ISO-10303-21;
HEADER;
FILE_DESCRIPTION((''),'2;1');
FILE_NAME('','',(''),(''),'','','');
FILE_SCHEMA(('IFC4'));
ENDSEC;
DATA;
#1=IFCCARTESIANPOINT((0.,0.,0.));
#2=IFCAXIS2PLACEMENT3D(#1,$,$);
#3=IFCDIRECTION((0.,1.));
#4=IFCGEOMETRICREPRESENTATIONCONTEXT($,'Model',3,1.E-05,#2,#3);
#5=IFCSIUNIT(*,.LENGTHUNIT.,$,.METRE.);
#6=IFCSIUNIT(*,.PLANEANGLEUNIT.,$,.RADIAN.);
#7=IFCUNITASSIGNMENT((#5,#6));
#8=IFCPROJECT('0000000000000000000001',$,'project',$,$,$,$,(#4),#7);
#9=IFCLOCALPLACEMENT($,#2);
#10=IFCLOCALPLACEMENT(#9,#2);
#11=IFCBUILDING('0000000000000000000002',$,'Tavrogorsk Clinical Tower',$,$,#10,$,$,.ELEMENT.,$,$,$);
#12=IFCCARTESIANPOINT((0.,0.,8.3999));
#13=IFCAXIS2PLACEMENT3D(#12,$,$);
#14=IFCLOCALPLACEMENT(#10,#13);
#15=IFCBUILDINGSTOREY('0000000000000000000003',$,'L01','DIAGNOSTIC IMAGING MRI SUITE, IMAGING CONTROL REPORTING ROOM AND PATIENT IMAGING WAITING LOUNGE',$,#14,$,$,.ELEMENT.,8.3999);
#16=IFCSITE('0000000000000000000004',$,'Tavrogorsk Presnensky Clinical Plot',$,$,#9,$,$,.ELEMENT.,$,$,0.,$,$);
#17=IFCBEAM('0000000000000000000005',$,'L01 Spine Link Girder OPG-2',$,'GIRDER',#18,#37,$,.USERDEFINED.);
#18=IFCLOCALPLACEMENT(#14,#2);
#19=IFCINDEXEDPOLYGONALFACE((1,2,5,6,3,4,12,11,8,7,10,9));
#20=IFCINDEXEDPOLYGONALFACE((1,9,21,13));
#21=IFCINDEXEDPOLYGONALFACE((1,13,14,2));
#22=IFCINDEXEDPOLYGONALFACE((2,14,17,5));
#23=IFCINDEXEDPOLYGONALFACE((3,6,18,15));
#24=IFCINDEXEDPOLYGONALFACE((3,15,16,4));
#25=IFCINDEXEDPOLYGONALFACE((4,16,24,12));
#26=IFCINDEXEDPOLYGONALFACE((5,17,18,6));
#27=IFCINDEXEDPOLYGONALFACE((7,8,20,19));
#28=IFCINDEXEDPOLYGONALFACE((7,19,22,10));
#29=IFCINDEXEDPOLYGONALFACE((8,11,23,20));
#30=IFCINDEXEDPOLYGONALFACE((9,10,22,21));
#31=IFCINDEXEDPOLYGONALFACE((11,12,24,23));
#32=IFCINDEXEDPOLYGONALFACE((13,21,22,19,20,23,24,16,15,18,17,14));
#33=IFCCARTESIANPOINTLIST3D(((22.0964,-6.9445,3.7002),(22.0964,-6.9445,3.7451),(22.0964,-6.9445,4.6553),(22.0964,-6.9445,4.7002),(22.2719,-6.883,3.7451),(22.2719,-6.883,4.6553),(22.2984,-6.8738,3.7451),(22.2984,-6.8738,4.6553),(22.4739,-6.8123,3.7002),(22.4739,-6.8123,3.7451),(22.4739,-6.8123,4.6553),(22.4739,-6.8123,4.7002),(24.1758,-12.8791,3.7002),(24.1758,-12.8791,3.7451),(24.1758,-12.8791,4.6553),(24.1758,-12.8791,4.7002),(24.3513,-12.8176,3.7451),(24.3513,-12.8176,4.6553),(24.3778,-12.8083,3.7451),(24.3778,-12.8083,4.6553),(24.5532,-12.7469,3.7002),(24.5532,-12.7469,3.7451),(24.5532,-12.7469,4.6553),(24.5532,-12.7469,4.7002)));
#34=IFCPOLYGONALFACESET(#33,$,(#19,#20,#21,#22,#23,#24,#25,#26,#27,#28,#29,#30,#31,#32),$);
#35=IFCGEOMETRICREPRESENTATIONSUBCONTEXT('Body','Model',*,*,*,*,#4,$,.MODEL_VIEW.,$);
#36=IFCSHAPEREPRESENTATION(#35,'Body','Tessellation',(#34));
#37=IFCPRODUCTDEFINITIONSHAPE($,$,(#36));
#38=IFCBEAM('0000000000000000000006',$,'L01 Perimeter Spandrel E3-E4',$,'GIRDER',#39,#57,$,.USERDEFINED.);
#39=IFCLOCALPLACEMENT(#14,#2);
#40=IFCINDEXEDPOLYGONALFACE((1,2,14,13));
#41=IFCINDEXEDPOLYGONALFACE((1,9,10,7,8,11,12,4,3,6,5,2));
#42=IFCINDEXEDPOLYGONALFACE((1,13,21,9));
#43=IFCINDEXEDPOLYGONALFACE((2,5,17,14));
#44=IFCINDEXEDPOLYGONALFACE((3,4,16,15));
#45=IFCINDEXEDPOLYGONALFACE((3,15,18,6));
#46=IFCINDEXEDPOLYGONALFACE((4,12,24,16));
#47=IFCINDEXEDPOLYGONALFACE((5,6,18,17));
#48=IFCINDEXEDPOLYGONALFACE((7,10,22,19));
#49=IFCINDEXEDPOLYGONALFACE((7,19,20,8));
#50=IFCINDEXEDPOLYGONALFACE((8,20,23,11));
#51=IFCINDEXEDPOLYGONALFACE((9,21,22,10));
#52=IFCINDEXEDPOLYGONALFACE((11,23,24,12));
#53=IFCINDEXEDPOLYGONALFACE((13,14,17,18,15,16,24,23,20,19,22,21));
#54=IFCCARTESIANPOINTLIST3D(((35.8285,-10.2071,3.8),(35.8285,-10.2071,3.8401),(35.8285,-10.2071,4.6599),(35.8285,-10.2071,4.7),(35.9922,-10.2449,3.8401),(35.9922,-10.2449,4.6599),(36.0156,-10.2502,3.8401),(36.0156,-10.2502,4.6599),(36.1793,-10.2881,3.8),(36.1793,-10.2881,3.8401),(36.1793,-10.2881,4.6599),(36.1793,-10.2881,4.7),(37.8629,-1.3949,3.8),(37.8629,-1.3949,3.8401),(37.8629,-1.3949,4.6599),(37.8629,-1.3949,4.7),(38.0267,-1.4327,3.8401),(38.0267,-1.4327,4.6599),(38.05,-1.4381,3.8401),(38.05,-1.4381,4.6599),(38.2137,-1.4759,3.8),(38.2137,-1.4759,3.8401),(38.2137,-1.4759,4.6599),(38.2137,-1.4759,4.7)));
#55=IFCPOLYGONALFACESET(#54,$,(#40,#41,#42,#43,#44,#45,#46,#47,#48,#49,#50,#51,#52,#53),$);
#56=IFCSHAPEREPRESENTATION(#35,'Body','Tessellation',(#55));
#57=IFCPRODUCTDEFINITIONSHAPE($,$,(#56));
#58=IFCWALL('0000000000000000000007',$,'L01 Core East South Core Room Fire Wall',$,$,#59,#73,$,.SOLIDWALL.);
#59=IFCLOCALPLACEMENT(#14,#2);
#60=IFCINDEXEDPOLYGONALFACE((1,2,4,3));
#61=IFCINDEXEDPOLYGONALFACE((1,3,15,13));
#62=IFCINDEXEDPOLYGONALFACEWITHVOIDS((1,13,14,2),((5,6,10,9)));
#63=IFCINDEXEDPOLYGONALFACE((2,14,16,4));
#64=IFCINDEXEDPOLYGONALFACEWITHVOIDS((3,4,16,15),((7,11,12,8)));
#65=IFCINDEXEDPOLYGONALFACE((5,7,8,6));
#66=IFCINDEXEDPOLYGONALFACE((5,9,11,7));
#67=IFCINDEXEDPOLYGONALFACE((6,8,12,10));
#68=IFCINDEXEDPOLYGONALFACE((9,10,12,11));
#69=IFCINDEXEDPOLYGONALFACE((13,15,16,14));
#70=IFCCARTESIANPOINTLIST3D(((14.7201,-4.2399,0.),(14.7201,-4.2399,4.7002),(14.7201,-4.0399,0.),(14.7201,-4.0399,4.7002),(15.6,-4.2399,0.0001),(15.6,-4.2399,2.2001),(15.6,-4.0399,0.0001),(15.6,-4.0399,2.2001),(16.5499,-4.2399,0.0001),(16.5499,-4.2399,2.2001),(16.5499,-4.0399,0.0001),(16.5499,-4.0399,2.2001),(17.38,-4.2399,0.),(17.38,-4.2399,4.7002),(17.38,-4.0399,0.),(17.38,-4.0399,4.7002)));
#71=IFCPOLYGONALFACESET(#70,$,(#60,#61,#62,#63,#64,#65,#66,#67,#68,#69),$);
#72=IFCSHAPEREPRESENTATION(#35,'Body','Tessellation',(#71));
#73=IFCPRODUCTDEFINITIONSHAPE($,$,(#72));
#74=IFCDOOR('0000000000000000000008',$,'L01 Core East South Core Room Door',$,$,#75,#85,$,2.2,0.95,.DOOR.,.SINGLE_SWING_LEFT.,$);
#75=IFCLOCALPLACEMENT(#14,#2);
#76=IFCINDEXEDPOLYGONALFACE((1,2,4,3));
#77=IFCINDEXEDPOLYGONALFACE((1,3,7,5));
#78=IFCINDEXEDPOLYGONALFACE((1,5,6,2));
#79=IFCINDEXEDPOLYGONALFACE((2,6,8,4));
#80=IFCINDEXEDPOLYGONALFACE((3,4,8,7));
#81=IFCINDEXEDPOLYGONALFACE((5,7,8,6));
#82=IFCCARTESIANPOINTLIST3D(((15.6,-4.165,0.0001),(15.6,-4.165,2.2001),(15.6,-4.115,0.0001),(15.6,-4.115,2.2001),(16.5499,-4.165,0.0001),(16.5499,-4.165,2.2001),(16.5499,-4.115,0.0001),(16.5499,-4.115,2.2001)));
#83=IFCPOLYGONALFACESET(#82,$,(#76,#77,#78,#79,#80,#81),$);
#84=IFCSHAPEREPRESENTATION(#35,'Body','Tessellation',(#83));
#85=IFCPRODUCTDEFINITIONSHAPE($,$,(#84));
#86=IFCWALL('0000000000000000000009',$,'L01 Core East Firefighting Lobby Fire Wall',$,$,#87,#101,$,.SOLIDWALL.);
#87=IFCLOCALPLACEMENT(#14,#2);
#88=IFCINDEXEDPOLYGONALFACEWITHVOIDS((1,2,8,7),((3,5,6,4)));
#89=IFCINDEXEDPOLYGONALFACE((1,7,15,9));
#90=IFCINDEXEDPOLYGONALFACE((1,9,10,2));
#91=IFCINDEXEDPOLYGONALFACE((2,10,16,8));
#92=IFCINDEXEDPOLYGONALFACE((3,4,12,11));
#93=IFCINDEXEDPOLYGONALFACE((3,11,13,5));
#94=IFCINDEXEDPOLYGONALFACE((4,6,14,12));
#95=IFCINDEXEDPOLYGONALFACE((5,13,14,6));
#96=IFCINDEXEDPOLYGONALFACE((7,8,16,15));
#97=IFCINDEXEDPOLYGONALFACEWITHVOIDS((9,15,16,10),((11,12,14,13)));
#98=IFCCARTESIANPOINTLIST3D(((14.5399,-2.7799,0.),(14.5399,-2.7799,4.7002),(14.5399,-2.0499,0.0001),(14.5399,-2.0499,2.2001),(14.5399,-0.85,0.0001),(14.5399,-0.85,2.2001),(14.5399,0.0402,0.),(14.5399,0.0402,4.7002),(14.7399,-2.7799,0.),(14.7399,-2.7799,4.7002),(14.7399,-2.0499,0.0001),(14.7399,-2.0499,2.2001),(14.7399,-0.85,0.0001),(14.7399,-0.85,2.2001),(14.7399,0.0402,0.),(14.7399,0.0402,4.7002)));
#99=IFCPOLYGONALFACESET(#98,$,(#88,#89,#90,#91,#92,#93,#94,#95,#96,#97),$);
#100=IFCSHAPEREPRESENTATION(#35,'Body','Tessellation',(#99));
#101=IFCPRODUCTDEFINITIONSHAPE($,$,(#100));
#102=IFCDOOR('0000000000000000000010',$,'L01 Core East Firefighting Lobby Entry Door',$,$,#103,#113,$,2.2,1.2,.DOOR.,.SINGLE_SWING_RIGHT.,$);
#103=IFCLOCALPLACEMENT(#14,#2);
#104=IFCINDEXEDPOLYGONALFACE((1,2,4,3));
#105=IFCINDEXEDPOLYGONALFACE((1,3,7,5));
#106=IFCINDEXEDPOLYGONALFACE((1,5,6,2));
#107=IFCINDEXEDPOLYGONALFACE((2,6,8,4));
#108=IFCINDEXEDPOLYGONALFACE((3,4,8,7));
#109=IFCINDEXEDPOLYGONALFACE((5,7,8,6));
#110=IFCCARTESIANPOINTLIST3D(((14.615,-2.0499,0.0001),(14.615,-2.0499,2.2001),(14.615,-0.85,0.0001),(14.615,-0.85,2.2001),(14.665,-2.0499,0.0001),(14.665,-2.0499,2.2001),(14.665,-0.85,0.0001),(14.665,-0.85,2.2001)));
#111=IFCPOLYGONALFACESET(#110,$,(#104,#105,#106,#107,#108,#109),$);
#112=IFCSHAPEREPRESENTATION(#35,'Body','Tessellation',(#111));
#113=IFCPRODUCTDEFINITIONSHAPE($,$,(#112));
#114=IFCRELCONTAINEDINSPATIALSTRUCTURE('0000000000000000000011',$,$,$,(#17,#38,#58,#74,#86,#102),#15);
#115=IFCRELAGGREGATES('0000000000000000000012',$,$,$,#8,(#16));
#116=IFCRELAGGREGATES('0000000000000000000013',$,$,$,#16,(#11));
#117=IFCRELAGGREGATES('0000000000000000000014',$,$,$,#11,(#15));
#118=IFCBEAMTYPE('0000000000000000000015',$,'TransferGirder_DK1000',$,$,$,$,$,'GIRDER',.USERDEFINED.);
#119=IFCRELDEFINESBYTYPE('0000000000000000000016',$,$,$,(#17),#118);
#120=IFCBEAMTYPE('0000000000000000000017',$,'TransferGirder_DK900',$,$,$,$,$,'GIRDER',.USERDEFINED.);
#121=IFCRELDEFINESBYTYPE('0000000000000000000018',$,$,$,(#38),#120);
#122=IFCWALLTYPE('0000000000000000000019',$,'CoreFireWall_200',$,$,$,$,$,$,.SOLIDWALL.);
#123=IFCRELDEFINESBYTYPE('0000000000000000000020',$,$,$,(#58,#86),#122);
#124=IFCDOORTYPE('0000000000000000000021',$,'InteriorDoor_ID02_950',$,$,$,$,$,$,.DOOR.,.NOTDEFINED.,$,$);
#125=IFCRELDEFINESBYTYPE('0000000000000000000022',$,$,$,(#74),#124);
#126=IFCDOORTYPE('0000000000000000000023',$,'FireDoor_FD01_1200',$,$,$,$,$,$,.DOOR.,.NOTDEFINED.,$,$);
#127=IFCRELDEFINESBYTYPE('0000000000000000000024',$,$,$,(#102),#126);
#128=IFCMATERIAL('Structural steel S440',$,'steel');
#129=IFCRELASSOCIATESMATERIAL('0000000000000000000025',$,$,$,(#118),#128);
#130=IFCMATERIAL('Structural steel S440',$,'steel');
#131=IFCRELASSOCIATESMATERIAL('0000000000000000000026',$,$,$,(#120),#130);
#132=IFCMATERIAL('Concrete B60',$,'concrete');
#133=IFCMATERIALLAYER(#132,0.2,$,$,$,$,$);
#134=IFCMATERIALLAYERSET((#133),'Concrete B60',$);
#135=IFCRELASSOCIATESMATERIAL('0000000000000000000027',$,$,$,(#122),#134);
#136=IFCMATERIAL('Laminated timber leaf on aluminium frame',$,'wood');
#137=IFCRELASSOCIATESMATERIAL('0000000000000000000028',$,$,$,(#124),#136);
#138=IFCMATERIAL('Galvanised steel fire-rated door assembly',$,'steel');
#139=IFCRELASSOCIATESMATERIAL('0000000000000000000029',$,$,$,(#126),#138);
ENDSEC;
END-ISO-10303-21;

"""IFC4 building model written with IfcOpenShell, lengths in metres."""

from ifc_helpers import new_model, si_unit, direction, frame, frame_2d, origin, origin_2d, place, context, subcontext, project, spatial, rectangle, i_section, extrude, material, layer, layer_set, material_profile, profile_set, type_object, element, fill, save


model = new_model("IFC4")

# Units and contexts
model_context = context("Model", 3, precision=1e-05, world=origin(), true_north=direction((0.0, 1.0)))
body_context = subcontext(model_context, "Body", "Model", "MODEL_VIEW")
ifc_project = project(units=[si_unit("LENGTHUNIT", "METRE"), si_unit("PLANEANGLEUNIT", "RADIAN")], contexts=[model_context])

# Site, building, storey
site_placement = place(None, origin())
site = spatial("IfcSite", under=ifc_project, at=site_placement, Name="Tavrogorsk Presnensky Clinical Plot", CompositionType="ELEMENT", RefElevation=0.0)
building_placement = place(site_placement, origin())
building = spatial("IfcBuilding", under=site, at=building_placement, Name="Tavrogorsk Clinical Tower", CompositionType="ELEMENT")
storey_placement = place(building_placement, frame((0.0, 0.0, 8.3999)))
storey = spatial("IfcBuildingStorey", under=building, at=storey_placement, Name="L01", Description="DIAGNOSTIC IMAGING MRI SUITE, IMAGING CONTROL REPORTING ROOM AND PATIENT IMAGING WAITING LOUNGE", CompositionType="ELEMENT", Elevation=8.3999)

# Beams
ifc_material_1 = material(Name="Structural steel S440", Category="steel")
ifc_material_profile_1 = material_profile(ifc_material_1, i_section(OverallWidth=0.3999, OverallDepth=1.0, WebThickness=0.0281, FlangeThickness=0.0449, at=origin_2d()), Name="DK-1000x400x28x45")
ifc_profile_set_1 = profile_set([ifc_material_profile_1], Name="Structural steel S440")
beam_type_1 = type_object("IfcBeamType", Name="TransferGirder_DK1000", ElementType="GIRDER", PredefinedType="USERDEFINED", material=ifc_profile_set_1)
beam_1_placement = place(storey_placement, frame((24.3645, -12.813, 4.2002), z_axis=(-0.330669, 0.943747, 0.0), x_axis=(-0.943747, -0.330669, 0.0)))
element("IfcBeam", 1, at=beam_1_placement, inside=storey, type_object=beam_type_1, Name="L01 Spine Link Girder OPG-2", ObjectType="GIRDER", PredefinedType="USERDEFINED", context=body_context, shape_type="SweptSolid", body=[
    extrude(i_section(OverallWidth=0.3999, OverallDepth=1.0, WebThickness=0.0281, FlangeThickness=0.0449, at=origin_2d()), origin(), (0.0, 0.0, 1.0), 6.2883),
])
ifc_material_2 = material(Name="Structural steel S440", Category="steel")
ifc_material_profile_2 = material_profile(ifc_material_2, i_section(OverallWidth=0.3601, OverallDepth=0.8999, WebThickness=0.0239, FlangeThickness=0.04, at=origin_2d()), Name="DK-900x360x24x40")
ifc_profile_set_2 = profile_set([ifc_material_profile_2], Name="Structural steel S440")
beam_type_2 = type_object("IfcBeamType", Name="TransferGirder_DK900", ElementType="GIRDER", PredefinedType="USERDEFINED", material=ifc_profile_set_2)
beam_2_placement = place(storey_placement, frame((36.0039, -10.2476, 4.25), z_axis=(0.224946, 0.974371, 0.0), x_axis=(-0.974371, 0.224946, 0.0)))
element("IfcBeam", 2, at=beam_2_placement, inside=storey, type_object=beam_type_2, Name="L01 Perimeter Spandrel E3-E4", ObjectType="GIRDER", PredefinedType="USERDEFINED", context=body_context, shape_type="SweptSolid", body=[
    extrude(i_section(OverallWidth=0.3601, OverallDepth=0.8999, WebThickness=0.0239, FlangeThickness=0.04, at=origin_2d()), origin(), (0.0, 0.0, 1.0), 9.0439),
])

# Walls, openings, doors
ifc_material_3 = material(Name="Concrete B60", Category="concrete")
ifc_layer_1 = layer(ifc_material_3, 0.2)
ifc_layer_set_1 = layer_set([ifc_layer_1], Name="Concrete B60")
wall_type_1 = type_object("IfcWallType", Name="CoreFireWall_200", PredefinedType="SOLIDWALL", material=ifc_layer_set_1)
wall_1_placement = place(storey_placement, frame((14.72, -4.1399, 0.0), z_axis=(0.0, 0.0, 1.0), x_axis=(1.0, 0.0, 0.0)))
wall_1 = element("IfcWall", 3, at=wall_1_placement, inside=storey, type_object=wall_type_1, Name="L01 Core East South Core Room Fire Wall", PredefinedType="SOLIDWALL", context=body_context, shape_type="SweptSolid", body=[
    extrude(rectangle(XDim=2.6599, YDim=0.2, at=frame_2d((1.3301, 0.0))), origin(), (0.0, 0.0, 1.0), 4.7002),
])
opening_1_placement = place(wall_1_placement, frame((0.8799, 0.0, 0.0)))
opening_1 = element("IfcOpeningElement", 4, at=opening_1_placement, cuts=wall_1, PredefinedType="OPENING", context=body_context, shape_type="SweptSolid", body=[
    extrude(rectangle(XDim=0.95, YDim=2.2, at=frame_2d((0.4751, 1.1001))), frame((0.0, 0.1099, 0.0), z_axis=(0.0, -1.0, 0.0), x_axis=(1.0, 0.0, 0.0)), (0.0, 0.0, 1.0), 0.22),
])
ifc_material_4 = material(Name="Laminated timber leaf on aluminium frame", Category="wood")
door_type_1 = type_object("IfcDoorType", Name="InteriorDoor_ID02_950", OperationType="NOTDEFINED", PredefinedType="DOOR", material=ifc_material_4)
door_1_placement = place(opening_1_placement, origin())
door_1 = element("IfcDoor", 5, at=door_1_placement, inside=storey, type_object=door_type_1, Name="L01 Core East South Core Room Door", OperationType="SINGLE_SWING_LEFT", OverallHeight=2.2, OverallWidth=0.95, PredefinedType="DOOR", context=body_context, shape_type="SweptSolid", body=[
    extrude(rectangle(XDim=0.95, YDim=2.2, at=frame_2d((0.4751, 1.1001))), frame((0.0, 0.0249, 0.0), z_axis=(0.0, -1.0, 0.0), x_axis=(1.0, 0.0, 0.0)), (0.0, 0.0, 1.0), 0.05),
])
fill(opening_1, door_1)
wall_2_placement = place(storey_placement, frame((14.6399, -2.78, 0.0), z_axis=(0.0, 0.0, 1.0), x_axis=(0.0, 1.0, 0.0)))
wall_2 = element("IfcWall", 6, at=wall_2_placement, inside=storey, type_object=wall_type_1, Name="L01 Core East Firefighting Lobby Fire Wall", PredefinedType="SOLIDWALL", context=body_context, shape_type="SweptSolid", body=[
    extrude(rectangle(XDim=2.8201, YDim=0.2, at=frame_2d((1.4102, 0.0))), origin(), (0.0, 0.0, 1.0), 4.7002),
])
opening_2_placement = place(wall_2_placement, frame((0.73, 0.0, 0.0)))
opening_2 = element("IfcOpeningElement", 7, at=opening_2_placement, cuts=wall_2, PredefinedType="OPENING", context=body_context, shape_type="SweptSolid", body=[
    extrude(rectangle(XDim=1.2, YDim=2.2, at=frame_2d((0.6001, 1.1001))), frame((0.0, 0.1099, 0.0), z_axis=(0.0, -1.0, 0.0), x_axis=(1.0, 0.0, 0.0)), (0.0, 0.0, 1.0), 0.22),
])
ifc_material_5 = material(Name="Galvanised steel fire-rated door assembly", Category="steel")
door_type_2 = type_object("IfcDoorType", Name="FireDoor_FD01_1200", OperationType="NOTDEFINED", PredefinedType="DOOR", material=ifc_material_5)
door_2_placement = place(opening_2_placement, origin())
door_2 = element("IfcDoor", 8, at=door_2_placement, inside=storey, type_object=door_type_2, Name="L01 Core East Firefighting Lobby Entry Door", OperationType="SINGLE_SWING_RIGHT", OverallHeight=2.2, OverallWidth=1.2, PredefinedType="DOOR", context=body_context, shape_type="SweptSolid", body=[
    extrude(rectangle(XDim=1.2, YDim=2.2, at=frame_2d((0.6001, 1.1001))), frame((0.0, 0.0249, 0.0), z_axis=(0.0, -1.0, 0.0), x_axis=(1.0, 0.0, 0.0)), (0.0, 0.0, 1.0), 0.05),
])
fill(opening_2, door_2)

save(model, "model.ifc")
